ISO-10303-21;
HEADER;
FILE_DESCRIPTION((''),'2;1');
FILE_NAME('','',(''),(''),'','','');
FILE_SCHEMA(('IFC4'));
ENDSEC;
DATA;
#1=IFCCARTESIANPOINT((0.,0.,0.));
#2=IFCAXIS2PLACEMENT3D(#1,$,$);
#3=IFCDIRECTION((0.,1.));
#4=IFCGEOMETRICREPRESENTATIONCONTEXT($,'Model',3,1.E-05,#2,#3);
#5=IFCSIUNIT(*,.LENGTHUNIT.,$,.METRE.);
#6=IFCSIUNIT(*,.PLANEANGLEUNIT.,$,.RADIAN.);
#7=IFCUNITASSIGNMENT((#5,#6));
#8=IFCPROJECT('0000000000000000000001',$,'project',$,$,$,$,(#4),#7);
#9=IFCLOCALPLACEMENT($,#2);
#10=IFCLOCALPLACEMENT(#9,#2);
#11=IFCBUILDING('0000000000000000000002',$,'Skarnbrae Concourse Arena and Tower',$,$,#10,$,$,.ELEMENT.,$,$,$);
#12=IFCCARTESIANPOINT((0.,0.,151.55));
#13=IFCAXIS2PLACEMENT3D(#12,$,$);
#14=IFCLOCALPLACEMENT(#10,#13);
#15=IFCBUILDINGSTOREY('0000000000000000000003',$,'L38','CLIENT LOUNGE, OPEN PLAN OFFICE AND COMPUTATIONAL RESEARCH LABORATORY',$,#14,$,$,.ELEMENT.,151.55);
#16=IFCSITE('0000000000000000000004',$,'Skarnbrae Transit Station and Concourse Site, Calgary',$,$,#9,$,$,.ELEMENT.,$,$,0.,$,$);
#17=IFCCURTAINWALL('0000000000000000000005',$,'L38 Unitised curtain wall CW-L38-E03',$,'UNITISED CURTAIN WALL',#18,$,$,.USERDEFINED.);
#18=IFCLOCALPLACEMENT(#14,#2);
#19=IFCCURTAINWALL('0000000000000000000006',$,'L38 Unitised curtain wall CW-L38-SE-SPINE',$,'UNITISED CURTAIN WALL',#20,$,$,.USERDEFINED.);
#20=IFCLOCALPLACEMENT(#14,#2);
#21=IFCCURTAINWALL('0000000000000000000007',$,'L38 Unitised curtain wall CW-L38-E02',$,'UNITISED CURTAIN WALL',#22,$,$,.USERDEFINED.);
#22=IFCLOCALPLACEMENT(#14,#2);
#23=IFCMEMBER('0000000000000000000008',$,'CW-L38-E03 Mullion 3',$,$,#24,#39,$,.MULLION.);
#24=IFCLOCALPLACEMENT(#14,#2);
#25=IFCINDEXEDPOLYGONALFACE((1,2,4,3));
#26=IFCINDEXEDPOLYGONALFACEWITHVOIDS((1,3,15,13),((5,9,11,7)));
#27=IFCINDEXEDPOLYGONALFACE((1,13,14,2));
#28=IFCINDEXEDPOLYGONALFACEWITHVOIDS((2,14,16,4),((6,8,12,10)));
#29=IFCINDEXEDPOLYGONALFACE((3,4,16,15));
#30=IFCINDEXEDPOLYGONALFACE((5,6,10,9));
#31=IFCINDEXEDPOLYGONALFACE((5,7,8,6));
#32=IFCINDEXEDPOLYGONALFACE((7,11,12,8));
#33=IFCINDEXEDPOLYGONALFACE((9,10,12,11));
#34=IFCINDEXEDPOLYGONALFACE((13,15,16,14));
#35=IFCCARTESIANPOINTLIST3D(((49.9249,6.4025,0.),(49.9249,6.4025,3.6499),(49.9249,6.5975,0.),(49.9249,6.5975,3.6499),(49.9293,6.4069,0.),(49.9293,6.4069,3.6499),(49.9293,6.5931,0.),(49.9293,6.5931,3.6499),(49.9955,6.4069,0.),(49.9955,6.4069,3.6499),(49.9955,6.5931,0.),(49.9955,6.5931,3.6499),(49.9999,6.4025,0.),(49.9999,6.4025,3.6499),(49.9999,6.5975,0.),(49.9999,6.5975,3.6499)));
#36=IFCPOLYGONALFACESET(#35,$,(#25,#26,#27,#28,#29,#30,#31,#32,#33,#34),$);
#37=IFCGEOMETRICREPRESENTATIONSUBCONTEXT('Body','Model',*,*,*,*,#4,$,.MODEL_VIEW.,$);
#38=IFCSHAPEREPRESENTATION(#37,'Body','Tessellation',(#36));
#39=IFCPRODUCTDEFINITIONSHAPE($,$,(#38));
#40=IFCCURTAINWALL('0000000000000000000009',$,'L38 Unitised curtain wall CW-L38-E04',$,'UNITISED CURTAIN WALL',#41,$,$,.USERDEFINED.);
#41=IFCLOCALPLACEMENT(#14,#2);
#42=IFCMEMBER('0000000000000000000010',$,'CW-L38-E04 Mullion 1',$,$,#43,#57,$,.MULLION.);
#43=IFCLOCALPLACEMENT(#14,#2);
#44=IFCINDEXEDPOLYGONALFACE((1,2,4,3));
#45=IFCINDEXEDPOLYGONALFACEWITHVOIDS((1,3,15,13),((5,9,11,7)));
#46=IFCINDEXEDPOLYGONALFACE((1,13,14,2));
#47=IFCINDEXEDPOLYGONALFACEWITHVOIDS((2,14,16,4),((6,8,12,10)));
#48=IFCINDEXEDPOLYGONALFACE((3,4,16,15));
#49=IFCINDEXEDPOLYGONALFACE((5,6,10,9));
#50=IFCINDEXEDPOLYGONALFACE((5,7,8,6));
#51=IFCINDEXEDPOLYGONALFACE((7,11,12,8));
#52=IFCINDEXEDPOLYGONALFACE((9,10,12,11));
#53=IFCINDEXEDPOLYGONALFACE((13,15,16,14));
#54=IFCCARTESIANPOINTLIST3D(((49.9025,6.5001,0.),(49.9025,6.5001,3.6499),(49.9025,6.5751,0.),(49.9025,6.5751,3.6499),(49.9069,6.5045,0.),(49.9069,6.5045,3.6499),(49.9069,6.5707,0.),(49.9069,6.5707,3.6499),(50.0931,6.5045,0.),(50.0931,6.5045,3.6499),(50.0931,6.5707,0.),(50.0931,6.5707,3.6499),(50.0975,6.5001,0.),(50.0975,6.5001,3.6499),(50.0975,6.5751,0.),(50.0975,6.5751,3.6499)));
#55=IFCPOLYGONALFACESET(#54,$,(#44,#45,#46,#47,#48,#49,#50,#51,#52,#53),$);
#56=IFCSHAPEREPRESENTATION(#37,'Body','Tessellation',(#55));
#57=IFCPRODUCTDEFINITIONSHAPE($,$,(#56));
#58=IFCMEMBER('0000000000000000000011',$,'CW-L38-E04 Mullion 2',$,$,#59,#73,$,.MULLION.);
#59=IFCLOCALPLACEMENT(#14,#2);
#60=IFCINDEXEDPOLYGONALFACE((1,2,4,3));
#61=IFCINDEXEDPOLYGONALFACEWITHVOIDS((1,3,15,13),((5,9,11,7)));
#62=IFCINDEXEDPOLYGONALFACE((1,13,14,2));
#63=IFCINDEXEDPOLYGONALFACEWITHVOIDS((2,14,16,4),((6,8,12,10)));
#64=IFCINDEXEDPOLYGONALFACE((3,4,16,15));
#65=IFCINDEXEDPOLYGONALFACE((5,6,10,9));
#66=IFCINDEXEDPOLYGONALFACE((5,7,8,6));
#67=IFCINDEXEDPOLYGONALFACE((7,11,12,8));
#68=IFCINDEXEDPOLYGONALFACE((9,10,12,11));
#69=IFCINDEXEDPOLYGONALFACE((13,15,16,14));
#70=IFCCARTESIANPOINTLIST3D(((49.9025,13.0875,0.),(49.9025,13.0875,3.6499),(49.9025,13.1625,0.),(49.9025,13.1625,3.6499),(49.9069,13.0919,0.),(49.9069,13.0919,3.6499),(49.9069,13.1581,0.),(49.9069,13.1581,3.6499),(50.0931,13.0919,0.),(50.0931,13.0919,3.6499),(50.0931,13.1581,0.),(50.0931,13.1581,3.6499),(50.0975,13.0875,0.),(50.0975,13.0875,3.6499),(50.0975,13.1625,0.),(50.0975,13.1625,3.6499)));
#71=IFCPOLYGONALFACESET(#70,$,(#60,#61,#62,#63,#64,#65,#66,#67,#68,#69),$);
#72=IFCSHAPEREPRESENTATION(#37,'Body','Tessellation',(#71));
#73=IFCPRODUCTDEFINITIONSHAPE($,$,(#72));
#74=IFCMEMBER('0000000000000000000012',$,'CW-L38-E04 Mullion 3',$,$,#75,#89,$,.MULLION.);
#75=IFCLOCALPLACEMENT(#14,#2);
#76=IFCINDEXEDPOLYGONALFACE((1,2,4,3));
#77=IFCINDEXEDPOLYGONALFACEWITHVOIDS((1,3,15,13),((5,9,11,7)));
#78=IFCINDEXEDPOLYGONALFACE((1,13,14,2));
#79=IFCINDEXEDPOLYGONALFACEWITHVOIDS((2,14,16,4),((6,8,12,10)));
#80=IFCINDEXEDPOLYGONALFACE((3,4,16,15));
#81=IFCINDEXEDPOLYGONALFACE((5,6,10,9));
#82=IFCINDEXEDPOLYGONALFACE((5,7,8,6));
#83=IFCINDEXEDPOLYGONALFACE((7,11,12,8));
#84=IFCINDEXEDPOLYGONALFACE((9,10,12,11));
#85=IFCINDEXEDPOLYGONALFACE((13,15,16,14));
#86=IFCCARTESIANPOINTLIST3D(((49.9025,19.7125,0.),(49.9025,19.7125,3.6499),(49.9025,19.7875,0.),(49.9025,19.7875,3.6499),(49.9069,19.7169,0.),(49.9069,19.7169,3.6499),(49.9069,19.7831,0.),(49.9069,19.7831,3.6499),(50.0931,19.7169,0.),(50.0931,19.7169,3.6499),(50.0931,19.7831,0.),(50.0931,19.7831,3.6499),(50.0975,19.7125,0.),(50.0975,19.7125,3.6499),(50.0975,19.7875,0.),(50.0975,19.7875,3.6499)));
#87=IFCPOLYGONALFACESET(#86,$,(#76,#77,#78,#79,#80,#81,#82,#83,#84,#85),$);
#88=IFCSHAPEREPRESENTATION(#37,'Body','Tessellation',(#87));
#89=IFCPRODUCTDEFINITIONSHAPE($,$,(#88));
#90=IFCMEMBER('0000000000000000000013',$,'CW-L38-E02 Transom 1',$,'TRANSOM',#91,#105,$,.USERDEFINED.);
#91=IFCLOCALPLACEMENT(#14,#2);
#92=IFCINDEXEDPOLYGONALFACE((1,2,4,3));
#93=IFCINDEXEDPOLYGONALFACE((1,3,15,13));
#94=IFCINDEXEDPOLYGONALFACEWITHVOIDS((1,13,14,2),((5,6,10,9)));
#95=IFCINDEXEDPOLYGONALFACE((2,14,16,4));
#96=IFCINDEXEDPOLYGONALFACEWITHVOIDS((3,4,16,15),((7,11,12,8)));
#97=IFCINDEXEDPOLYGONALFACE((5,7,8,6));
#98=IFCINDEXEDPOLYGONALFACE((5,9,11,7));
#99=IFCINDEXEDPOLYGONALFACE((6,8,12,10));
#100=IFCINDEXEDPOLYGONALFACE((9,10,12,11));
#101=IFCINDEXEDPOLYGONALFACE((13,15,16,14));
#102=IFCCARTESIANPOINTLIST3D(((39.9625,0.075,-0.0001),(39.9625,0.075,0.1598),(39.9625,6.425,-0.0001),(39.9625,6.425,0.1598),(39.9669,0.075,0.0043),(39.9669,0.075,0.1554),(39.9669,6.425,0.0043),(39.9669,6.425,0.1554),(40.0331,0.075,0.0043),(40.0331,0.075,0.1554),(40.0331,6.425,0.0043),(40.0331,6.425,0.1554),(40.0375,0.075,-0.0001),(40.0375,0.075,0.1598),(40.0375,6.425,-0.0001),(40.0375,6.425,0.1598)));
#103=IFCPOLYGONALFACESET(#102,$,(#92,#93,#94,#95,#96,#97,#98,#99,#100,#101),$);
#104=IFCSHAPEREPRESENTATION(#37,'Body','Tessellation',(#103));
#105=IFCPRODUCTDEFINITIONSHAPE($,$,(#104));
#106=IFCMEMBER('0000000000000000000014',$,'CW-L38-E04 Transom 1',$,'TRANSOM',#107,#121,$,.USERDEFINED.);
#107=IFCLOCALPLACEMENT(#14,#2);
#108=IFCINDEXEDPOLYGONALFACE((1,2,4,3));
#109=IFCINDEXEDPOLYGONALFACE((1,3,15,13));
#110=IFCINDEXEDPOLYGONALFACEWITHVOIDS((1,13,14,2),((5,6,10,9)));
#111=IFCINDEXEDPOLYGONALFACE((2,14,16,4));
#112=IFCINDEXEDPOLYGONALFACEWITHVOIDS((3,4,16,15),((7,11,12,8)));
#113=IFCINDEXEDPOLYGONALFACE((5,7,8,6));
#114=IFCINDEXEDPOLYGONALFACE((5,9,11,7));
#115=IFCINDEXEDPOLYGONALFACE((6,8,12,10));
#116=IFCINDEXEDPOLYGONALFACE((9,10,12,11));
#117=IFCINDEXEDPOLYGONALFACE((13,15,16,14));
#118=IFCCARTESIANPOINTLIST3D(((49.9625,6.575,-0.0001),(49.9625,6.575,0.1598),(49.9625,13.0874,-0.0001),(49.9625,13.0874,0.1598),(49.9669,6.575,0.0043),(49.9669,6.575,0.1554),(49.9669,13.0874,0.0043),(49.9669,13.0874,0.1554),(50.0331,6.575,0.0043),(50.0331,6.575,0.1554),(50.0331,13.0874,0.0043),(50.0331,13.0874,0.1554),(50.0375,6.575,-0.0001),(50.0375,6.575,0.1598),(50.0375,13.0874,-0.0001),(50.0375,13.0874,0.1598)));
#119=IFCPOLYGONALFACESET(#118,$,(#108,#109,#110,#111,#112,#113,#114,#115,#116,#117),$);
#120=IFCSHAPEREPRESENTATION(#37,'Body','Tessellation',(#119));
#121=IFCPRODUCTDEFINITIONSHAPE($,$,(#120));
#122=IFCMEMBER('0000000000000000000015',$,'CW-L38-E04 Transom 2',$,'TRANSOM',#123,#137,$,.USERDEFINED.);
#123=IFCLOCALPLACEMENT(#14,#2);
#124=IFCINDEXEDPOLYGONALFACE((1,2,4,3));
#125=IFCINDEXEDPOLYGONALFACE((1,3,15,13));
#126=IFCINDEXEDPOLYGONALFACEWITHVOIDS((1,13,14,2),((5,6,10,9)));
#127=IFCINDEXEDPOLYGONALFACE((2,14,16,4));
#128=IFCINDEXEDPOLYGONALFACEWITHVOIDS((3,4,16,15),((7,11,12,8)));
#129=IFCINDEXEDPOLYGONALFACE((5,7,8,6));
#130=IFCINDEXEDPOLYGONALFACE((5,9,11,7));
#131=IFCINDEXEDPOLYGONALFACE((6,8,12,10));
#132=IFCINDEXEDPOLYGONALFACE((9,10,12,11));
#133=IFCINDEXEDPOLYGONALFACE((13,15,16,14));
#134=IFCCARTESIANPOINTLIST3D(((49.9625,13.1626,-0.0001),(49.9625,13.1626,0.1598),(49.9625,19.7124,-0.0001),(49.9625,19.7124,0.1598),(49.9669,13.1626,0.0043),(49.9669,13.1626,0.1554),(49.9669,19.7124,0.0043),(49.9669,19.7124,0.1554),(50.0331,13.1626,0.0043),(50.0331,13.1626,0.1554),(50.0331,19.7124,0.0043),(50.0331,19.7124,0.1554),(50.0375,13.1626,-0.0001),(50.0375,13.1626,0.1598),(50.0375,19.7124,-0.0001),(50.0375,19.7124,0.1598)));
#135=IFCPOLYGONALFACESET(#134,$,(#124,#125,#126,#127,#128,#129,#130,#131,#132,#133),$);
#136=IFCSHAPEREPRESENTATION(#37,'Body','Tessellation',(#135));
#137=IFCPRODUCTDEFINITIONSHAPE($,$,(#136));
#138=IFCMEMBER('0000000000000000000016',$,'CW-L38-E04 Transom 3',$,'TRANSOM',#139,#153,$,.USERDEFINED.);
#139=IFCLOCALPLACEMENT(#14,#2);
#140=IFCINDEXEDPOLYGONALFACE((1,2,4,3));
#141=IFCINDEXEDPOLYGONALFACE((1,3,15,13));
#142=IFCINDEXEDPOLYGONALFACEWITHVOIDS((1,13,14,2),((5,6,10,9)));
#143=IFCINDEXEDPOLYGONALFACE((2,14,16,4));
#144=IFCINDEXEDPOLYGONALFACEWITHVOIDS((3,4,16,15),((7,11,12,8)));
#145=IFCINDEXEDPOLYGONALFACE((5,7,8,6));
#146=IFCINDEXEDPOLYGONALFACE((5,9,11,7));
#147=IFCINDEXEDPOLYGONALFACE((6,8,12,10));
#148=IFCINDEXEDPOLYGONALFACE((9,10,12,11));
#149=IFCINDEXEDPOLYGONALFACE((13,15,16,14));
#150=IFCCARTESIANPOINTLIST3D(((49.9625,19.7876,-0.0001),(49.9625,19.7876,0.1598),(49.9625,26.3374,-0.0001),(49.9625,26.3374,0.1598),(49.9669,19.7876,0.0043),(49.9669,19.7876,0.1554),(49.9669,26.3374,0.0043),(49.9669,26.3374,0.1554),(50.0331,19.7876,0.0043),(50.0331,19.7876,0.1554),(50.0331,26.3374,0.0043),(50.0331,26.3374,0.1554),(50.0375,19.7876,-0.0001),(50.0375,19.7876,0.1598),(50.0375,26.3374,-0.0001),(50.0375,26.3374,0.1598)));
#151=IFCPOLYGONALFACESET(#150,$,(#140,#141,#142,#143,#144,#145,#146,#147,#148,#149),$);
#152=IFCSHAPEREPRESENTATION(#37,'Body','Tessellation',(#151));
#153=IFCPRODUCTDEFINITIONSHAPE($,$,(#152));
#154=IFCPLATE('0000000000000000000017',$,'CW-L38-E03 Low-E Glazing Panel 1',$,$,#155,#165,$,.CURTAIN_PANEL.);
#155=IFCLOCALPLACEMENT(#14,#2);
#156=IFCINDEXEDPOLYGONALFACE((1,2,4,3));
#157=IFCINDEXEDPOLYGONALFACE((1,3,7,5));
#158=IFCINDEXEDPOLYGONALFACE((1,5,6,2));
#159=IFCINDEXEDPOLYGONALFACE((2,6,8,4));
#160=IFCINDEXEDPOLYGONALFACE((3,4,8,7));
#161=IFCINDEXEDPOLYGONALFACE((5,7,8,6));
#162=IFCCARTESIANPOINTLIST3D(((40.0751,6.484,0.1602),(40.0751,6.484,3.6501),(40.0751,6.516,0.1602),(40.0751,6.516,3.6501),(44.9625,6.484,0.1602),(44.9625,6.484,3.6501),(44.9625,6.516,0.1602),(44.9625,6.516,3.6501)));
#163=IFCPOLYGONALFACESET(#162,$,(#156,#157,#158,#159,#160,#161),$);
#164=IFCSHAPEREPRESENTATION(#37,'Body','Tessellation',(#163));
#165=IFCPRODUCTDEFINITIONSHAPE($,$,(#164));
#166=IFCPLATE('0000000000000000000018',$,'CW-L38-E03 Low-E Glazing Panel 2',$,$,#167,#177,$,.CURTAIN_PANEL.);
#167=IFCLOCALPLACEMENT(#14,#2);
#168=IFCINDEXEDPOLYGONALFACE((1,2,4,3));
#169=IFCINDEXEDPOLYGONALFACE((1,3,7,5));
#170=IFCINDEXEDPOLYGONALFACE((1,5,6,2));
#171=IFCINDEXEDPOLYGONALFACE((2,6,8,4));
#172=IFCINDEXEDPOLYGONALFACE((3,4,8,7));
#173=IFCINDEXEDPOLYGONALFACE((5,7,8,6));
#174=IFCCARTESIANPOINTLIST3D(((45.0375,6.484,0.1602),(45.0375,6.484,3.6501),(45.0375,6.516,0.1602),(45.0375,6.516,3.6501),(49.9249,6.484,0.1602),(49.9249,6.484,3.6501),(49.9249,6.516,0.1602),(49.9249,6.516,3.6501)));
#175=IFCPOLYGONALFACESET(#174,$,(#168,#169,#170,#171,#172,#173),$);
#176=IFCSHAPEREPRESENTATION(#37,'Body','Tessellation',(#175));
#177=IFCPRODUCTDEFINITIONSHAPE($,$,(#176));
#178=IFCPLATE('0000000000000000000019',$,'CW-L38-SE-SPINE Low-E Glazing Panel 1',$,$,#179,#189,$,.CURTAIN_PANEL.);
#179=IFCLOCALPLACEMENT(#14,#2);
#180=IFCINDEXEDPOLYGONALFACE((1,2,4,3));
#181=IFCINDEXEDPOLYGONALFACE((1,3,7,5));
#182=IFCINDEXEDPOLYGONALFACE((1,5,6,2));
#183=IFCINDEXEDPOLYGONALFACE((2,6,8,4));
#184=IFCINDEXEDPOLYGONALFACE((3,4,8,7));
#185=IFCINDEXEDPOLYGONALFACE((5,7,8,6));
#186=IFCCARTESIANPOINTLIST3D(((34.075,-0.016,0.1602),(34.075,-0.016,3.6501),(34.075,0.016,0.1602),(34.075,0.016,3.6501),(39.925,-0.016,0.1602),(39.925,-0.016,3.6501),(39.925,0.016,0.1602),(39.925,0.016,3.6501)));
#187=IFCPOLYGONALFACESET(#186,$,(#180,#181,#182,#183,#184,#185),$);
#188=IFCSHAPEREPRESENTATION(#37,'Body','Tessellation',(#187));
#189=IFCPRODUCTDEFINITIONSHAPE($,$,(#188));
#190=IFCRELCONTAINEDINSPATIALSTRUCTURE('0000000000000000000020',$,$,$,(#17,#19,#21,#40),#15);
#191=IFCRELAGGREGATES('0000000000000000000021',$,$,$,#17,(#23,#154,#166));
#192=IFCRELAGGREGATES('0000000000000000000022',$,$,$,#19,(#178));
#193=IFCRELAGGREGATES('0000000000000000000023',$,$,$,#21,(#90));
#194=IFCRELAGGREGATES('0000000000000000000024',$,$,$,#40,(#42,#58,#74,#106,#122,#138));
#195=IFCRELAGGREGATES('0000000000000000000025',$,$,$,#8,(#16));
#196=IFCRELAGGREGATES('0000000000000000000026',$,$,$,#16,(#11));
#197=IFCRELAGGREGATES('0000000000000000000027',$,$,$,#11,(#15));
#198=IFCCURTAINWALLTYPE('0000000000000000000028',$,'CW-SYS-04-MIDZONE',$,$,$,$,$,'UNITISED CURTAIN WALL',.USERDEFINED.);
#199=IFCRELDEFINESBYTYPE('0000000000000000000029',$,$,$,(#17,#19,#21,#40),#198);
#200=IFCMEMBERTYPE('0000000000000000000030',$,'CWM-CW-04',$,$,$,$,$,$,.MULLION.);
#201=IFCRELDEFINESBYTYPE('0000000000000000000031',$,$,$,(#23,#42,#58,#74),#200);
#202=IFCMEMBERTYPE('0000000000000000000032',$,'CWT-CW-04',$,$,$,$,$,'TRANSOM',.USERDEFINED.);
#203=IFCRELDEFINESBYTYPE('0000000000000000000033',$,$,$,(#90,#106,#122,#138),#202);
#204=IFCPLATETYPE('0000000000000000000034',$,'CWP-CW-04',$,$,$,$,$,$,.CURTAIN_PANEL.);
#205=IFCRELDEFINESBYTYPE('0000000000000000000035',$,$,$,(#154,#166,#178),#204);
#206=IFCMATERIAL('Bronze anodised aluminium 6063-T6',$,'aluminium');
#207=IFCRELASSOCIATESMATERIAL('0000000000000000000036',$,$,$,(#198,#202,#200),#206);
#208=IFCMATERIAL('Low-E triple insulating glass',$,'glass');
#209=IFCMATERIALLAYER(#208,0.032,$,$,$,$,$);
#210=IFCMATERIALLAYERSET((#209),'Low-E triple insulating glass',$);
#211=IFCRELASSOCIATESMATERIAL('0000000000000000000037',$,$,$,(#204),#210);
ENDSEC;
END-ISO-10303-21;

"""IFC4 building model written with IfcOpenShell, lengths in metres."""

from ifc_helpers import new_model, si_unit, direction, frame, origin, origin_2d, place, context, subcontext, project, spatial, rectangle, hollow_rectangle, extrude, source, transform, mapped, material, layer, layer_set, material_profile, profile_set, type_object, element, aggregate, save


model = new_model("IFC4")

# Units and contexts
model_context = context("Model", 3, precision=1e-05, world=origin(), true_north=direction((0.0, 1.0)))
body_context = subcontext(model_context, "Body", "Model", "MODEL_VIEW")
ifc_project = project(units=[si_unit("LENGTHUNIT", "METRE"), si_unit("PLANEANGLEUNIT", "RADIAN")], contexts=[model_context])

# Site, building, storey
site_placement = place(None, origin())
site = spatial("IfcSite", under=ifc_project, at=site_placement, Name="Skarnbrae Transit Station and Concourse Site, Calgary", CompositionType="ELEMENT", RefElevation=0.0)
building_placement = place(site_placement, origin())
building = spatial("IfcBuilding", under=site, at=building_placement, Name="Skarnbrae Concourse Arena and Tower", CompositionType="ELEMENT")
storey_placement = place(building_placement, frame((0.0, 0.0, 151.55)))
storey = spatial("IfcBuildingStorey", under=building, at=storey_placement, Name="L38", Description="CLIENT LOUNGE, OPEN PLAN OFFICE AND COMPUTATIONAL RESEARCH LABORATORY", CompositionType="ELEMENT", Elevation=151.55)

# Curtain wall
ifc_material_1 = material(Name="Bronze anodised aluminium 6063-T6", Category="aluminium")
curtain_wall_type = type_object("IfcCurtainWallType", Name="CW-SYS-04-MIDZONE", ElementType="UNITISED CURTAIN WALL", PredefinedType="USERDEFINED", material=ifc_material_1)
curtain_wall_1_placement = place(storey_placement, origin())
curtain_wall_1 = element("IfcCurtainWall", 1, at=curtain_wall_1_placement, inside=storey, type_object=curtain_wall_type, Name="L38 Unitised curtain wall CW-L38-E03", ObjectType="UNITISED CURTAIN WALL", PredefinedType="USERDEFINED")
ifc_material_profile_1 = material_profile(ifc_material_1, hollow_rectangle(XDim=0.075, YDim=0.1599, WallThickness=0.0044, at=origin_2d()), Name="ALU-TRAN-75X160")
ifc_profile_set_1 = profile_set([ifc_material_profile_1], Name="Bronze anodised aluminium 6063-T6")
member_type_1 = type_object("IfcMemberType", Name="CWT-CW-04", ElementType="TRANSOM", PredefinedType="USERDEFINED", material=ifc_profile_set_1)

# Curtain wall
curtain_wall_2_placement = place(storey_placement, origin())
curtain_wall_2 = element("IfcCurtainWall", 2, at=curtain_wall_2_placement, inside=storey, type_object=curtain_wall_type, Name="L38 Unitised curtain wall CW-L38-SE-SPINE", ObjectType="UNITISED CURTAIN WALL", PredefinedType="USERDEFINED")
ifc_material_profile_2 = material_profile(ifc_material_1, hollow_rectangle(XDim=0.075, YDim=0.1951, WallThickness=0.0044, at=origin_2d()), Name="ALU-MULL-75X195")
ifc_profile_set_2 = profile_set([ifc_material_profile_2], Name="Bronze anodised aluminium 6063-T6")
member_type_2 = type_object("IfcMemberType", Name="CWM-CW-04", PredefinedType="MULLION", material=ifc_profile_set_2)
shared_shape_1 = source(origin(), body_context, "Body", "SweptSolid", [
    extrude(hollow_rectangle(XDim=0.075, YDim=0.1951, WallThickness=0.0044, at=origin_2d()), origin(), (0.0, 0.0, 1.0), 3.6499),
])

# Curtain wall
curtain_wall_3_placement = place(storey_placement, origin())
curtain_wall_3 = element("IfcCurtainWall", 3, at=curtain_wall_3_placement, inside=storey, type_object=curtain_wall_type, Name="L38 Unitised curtain wall CW-L38-E02", ObjectType="UNITISED CURTAIN WALL", PredefinedType="USERDEFINED")

# Member
member_1_placement = place(storey_placement, frame((49.9624, 6.5, 0.0), z_axis=(0.0, 0.0, 1.0), x_axis=(1.0, 0.0, 0.0)))
member_1 = element("IfcMember", 4, at=member_1_placement, type_object=member_type_2, Name="CW-L38-E03 Mullion 3", PredefinedType="MULLION", context=body_context, shape_type="MappedRepresentation", body=[
    mapped(shared_shape_1, transform((0.0, 0.0, 0.0))),
])

# Curtain wall, members
curtain_wall_4_placement = place(storey_placement, origin())
curtain_wall_4 = element("IfcCurtainWall", 5, at=curtain_wall_4_placement, inside=storey, type_object=curtain_wall_type, Name="L38 Unitised curtain wall CW-L38-E04", ObjectType="UNITISED CURTAIN WALL", PredefinedType="USERDEFINED")
member_2_placement = place(storey_placement, frame((50.0, 6.5376, 0.0), z_axis=(0.0, 0.0, 1.0), x_axis=(0.0, 1.0, 0.0)))
member_2 = element("IfcMember", 6, at=member_2_placement, type_object=member_type_2, Name="CW-L38-E04 Mullion 1", PredefinedType="MULLION", context=body_context, shape_type="MappedRepresentation", body=[
    mapped(shared_shape_1, transform((0.0, 0.0, 0.0))),
])
member_3_placement = place(storey_placement, frame((50.0, 13.125, 0.0), z_axis=(0.0, 0.0, 1.0), x_axis=(0.0, 1.0, 0.0)))
member_3 = element("IfcMember", 7, at=member_3_placement, type_object=member_type_2, Name="CW-L38-E04 Mullion 2", PredefinedType="MULLION", context=body_context, shape_type="MappedRepresentation", body=[
    mapped(shared_shape_1, transform((0.0, 0.0, 0.0))),
])
member_4_placement = place(storey_placement, frame((50.0, 19.75, 0.0), z_axis=(0.0, 0.0, 1.0), x_axis=(0.0, 1.0, 0.0)))
member_4 = element("IfcMember", 8, at=member_4_placement, type_object=member_type_2, Name="CW-L38-E04 Mullion 3", PredefinedType="MULLION", context=body_context, shape_type="MappedRepresentation", body=[
    mapped(shared_shape_1, transform((0.0, 0.0, 0.0))),
])

# Members
shared_shape_2 = source(origin(), body_context, "Body", "SweptSolid", [
    extrude(hollow_rectangle(XDim=0.075, YDim=0.1599, WallThickness=0.0044, at=origin_2d()), origin(), (0.0, 0.0, 1.0), 6.3501),
])
member_5_placement = place(storey_placement, frame((40.0, 0.075, 0.0798), z_axis=(0.0, 1.0, 0.0), x_axis=(-1.0, 0.0, 0.0)))
member_5 = element("IfcMember", 9, at=member_5_placement, type_object=member_type_1, Name="CW-L38-E02 Transom 1", ObjectType="TRANSOM", PredefinedType="USERDEFINED", context=body_context, shape_type="MappedRepresentation", body=[
    mapped(shared_shape_2, transform((0.0, 0.0, 0.0))),
])
shared_shape_3 = source(origin(), body_context, "Body", "SweptSolid", [
    extrude(hollow_rectangle(XDim=0.075, YDim=0.1599, WallThickness=0.0044, at=origin_2d()), origin(), (0.0, 0.0, 1.0), 6.5125),
])
member_6_placement = place(storey_placement, frame((50.0, 6.575, 0.0798), z_axis=(0.0, 1.0, 0.0), x_axis=(-1.0, 0.0, 0.0)))
member_6 = element("IfcMember", 10, at=member_6_placement, type_object=member_type_1, Name="CW-L38-E04 Transom 1", ObjectType="TRANSOM", PredefinedType="USERDEFINED", context=body_context, shape_type="MappedRepresentation", body=[
    mapped(shared_shape_3, transform((0.0, 0.0, 0.0))),
])
shared_shape_4 = source(origin(), body_context, "Body", "SweptSolid", [
    extrude(hollow_rectangle(XDim=0.075, YDim=0.1599, WallThickness=0.0044, at=origin_2d()), origin(), (0.0, 0.0, 1.0), 6.5498),
])
member_7_placement = place(storey_placement, frame((50.0, 13.1626, 0.0798), z_axis=(0.0, 1.0, 0.0), x_axis=(-1.0, 0.0, 0.0)))
member_7 = element("IfcMember", 11, at=member_7_placement, type_object=member_type_1, Name="CW-L38-E04 Transom 2", ObjectType="TRANSOM", PredefinedType="USERDEFINED", context=body_context, shape_type="MappedRepresentation", body=[
    mapped(shared_shape_4, transform((0.0, 0.0, 0.0))),
])
member_8_placement = place(storey_placement, frame((50.0, 19.7876, 0.0798), z_axis=(0.0, 1.0, 0.0), x_axis=(-1.0, 0.0, 0.0)))
member_8 = element("IfcMember", 12, at=member_8_placement, type_object=member_type_1, Name="CW-L38-E04 Transom 3", ObjectType="TRANSOM", PredefinedType="USERDEFINED", context=body_context, shape_type="MappedRepresentation", body=[
    mapped(shared_shape_4, transform((0.0, 0.0, 0.0))),
])

# Plates
ifc_material_2 = material(Name="Low-E triple insulating glass", Category="glass")
ifc_layer_1 = layer(ifc_material_2, 0.032)
ifc_layer_set_1 = layer_set([ifc_layer_1], Name="Low-E triple insulating glass")
plate_type = type_object("IfcPlateType", Name="CWP-CW-04", PredefinedType="CURTAIN_PANEL", material=ifc_layer_set_1)
shared_shape_5 = source(origin(), body_context, "Body", "SweptSolid", [
    extrude(rectangle(XDim=4.8875, YDim=0.032, at=origin_2d()), origin(), (0.0, 0.0, 1.0), 3.49),
])
plate_1_placement = place(storey_placement, frame((42.5188, 6.5, 0.1602), z_axis=(0.0, 0.0, 1.0), x_axis=(1.0, 0.0, 0.0)))
plate_1 = element("IfcPlate", 13, at=plate_1_placement, type_object=plate_type, Name="CW-L38-E03 Low-E Glazing Panel 1", PredefinedType="CURTAIN_PANEL", context=body_context, shape_type="MappedRepresentation", body=[
    mapped(shared_shape_5, transform((0.0, 0.0, 0.0))),
])
plate_2_placement = place(storey_placement, frame((47.4812, 6.5, 0.1602), z_axis=(0.0, 0.0, 1.0), x_axis=(1.0, 0.0, 0.0)))
plate_2 = element("IfcPlate", 14, at=plate_2_placement, type_object=plate_type, Name="CW-L38-E03 Low-E Glazing Panel 2", PredefinedType="CURTAIN_PANEL", context=body_context, shape_type="MappedRepresentation", body=[
    mapped(shared_shape_5, transform((0.0, 0.0, 0.0))),
])
aggregate(curtain_wall_1, [member_1, plate_1, plate_2])
shared_shape_6 = source(origin(), body_context, "Body", "SweptSolid", [
    extrude(rectangle(XDim=5.8501, YDim=0.032, at=origin_2d()), origin(), (0.0, 0.0, 1.0), 3.49),
])
plate_3_placement = place(storey_placement, frame((37.0, 0.0, 0.1602), z_axis=(0.0, 0.0, 1.0), x_axis=(1.0, 0.0, 0.0)))
plate_3 = element("IfcPlate", 15, at=plate_3_placement, type_object=plate_type, Name="CW-L38-SE-SPINE Low-E Glazing Panel 1", PredefinedType="CURTAIN_PANEL", context=body_context, shape_type="MappedRepresentation", body=[
    mapped(shared_shape_6, transform((0.0, 0.0, 0.0))),
])
aggregate(curtain_wall_2, [plate_3])
aggregate(curtain_wall_3, [member_5])
aggregate(curtain_wall_4, [member_2, member_3, member_4, member_6, member_7, member_8])

save(model, "model.ifc")
